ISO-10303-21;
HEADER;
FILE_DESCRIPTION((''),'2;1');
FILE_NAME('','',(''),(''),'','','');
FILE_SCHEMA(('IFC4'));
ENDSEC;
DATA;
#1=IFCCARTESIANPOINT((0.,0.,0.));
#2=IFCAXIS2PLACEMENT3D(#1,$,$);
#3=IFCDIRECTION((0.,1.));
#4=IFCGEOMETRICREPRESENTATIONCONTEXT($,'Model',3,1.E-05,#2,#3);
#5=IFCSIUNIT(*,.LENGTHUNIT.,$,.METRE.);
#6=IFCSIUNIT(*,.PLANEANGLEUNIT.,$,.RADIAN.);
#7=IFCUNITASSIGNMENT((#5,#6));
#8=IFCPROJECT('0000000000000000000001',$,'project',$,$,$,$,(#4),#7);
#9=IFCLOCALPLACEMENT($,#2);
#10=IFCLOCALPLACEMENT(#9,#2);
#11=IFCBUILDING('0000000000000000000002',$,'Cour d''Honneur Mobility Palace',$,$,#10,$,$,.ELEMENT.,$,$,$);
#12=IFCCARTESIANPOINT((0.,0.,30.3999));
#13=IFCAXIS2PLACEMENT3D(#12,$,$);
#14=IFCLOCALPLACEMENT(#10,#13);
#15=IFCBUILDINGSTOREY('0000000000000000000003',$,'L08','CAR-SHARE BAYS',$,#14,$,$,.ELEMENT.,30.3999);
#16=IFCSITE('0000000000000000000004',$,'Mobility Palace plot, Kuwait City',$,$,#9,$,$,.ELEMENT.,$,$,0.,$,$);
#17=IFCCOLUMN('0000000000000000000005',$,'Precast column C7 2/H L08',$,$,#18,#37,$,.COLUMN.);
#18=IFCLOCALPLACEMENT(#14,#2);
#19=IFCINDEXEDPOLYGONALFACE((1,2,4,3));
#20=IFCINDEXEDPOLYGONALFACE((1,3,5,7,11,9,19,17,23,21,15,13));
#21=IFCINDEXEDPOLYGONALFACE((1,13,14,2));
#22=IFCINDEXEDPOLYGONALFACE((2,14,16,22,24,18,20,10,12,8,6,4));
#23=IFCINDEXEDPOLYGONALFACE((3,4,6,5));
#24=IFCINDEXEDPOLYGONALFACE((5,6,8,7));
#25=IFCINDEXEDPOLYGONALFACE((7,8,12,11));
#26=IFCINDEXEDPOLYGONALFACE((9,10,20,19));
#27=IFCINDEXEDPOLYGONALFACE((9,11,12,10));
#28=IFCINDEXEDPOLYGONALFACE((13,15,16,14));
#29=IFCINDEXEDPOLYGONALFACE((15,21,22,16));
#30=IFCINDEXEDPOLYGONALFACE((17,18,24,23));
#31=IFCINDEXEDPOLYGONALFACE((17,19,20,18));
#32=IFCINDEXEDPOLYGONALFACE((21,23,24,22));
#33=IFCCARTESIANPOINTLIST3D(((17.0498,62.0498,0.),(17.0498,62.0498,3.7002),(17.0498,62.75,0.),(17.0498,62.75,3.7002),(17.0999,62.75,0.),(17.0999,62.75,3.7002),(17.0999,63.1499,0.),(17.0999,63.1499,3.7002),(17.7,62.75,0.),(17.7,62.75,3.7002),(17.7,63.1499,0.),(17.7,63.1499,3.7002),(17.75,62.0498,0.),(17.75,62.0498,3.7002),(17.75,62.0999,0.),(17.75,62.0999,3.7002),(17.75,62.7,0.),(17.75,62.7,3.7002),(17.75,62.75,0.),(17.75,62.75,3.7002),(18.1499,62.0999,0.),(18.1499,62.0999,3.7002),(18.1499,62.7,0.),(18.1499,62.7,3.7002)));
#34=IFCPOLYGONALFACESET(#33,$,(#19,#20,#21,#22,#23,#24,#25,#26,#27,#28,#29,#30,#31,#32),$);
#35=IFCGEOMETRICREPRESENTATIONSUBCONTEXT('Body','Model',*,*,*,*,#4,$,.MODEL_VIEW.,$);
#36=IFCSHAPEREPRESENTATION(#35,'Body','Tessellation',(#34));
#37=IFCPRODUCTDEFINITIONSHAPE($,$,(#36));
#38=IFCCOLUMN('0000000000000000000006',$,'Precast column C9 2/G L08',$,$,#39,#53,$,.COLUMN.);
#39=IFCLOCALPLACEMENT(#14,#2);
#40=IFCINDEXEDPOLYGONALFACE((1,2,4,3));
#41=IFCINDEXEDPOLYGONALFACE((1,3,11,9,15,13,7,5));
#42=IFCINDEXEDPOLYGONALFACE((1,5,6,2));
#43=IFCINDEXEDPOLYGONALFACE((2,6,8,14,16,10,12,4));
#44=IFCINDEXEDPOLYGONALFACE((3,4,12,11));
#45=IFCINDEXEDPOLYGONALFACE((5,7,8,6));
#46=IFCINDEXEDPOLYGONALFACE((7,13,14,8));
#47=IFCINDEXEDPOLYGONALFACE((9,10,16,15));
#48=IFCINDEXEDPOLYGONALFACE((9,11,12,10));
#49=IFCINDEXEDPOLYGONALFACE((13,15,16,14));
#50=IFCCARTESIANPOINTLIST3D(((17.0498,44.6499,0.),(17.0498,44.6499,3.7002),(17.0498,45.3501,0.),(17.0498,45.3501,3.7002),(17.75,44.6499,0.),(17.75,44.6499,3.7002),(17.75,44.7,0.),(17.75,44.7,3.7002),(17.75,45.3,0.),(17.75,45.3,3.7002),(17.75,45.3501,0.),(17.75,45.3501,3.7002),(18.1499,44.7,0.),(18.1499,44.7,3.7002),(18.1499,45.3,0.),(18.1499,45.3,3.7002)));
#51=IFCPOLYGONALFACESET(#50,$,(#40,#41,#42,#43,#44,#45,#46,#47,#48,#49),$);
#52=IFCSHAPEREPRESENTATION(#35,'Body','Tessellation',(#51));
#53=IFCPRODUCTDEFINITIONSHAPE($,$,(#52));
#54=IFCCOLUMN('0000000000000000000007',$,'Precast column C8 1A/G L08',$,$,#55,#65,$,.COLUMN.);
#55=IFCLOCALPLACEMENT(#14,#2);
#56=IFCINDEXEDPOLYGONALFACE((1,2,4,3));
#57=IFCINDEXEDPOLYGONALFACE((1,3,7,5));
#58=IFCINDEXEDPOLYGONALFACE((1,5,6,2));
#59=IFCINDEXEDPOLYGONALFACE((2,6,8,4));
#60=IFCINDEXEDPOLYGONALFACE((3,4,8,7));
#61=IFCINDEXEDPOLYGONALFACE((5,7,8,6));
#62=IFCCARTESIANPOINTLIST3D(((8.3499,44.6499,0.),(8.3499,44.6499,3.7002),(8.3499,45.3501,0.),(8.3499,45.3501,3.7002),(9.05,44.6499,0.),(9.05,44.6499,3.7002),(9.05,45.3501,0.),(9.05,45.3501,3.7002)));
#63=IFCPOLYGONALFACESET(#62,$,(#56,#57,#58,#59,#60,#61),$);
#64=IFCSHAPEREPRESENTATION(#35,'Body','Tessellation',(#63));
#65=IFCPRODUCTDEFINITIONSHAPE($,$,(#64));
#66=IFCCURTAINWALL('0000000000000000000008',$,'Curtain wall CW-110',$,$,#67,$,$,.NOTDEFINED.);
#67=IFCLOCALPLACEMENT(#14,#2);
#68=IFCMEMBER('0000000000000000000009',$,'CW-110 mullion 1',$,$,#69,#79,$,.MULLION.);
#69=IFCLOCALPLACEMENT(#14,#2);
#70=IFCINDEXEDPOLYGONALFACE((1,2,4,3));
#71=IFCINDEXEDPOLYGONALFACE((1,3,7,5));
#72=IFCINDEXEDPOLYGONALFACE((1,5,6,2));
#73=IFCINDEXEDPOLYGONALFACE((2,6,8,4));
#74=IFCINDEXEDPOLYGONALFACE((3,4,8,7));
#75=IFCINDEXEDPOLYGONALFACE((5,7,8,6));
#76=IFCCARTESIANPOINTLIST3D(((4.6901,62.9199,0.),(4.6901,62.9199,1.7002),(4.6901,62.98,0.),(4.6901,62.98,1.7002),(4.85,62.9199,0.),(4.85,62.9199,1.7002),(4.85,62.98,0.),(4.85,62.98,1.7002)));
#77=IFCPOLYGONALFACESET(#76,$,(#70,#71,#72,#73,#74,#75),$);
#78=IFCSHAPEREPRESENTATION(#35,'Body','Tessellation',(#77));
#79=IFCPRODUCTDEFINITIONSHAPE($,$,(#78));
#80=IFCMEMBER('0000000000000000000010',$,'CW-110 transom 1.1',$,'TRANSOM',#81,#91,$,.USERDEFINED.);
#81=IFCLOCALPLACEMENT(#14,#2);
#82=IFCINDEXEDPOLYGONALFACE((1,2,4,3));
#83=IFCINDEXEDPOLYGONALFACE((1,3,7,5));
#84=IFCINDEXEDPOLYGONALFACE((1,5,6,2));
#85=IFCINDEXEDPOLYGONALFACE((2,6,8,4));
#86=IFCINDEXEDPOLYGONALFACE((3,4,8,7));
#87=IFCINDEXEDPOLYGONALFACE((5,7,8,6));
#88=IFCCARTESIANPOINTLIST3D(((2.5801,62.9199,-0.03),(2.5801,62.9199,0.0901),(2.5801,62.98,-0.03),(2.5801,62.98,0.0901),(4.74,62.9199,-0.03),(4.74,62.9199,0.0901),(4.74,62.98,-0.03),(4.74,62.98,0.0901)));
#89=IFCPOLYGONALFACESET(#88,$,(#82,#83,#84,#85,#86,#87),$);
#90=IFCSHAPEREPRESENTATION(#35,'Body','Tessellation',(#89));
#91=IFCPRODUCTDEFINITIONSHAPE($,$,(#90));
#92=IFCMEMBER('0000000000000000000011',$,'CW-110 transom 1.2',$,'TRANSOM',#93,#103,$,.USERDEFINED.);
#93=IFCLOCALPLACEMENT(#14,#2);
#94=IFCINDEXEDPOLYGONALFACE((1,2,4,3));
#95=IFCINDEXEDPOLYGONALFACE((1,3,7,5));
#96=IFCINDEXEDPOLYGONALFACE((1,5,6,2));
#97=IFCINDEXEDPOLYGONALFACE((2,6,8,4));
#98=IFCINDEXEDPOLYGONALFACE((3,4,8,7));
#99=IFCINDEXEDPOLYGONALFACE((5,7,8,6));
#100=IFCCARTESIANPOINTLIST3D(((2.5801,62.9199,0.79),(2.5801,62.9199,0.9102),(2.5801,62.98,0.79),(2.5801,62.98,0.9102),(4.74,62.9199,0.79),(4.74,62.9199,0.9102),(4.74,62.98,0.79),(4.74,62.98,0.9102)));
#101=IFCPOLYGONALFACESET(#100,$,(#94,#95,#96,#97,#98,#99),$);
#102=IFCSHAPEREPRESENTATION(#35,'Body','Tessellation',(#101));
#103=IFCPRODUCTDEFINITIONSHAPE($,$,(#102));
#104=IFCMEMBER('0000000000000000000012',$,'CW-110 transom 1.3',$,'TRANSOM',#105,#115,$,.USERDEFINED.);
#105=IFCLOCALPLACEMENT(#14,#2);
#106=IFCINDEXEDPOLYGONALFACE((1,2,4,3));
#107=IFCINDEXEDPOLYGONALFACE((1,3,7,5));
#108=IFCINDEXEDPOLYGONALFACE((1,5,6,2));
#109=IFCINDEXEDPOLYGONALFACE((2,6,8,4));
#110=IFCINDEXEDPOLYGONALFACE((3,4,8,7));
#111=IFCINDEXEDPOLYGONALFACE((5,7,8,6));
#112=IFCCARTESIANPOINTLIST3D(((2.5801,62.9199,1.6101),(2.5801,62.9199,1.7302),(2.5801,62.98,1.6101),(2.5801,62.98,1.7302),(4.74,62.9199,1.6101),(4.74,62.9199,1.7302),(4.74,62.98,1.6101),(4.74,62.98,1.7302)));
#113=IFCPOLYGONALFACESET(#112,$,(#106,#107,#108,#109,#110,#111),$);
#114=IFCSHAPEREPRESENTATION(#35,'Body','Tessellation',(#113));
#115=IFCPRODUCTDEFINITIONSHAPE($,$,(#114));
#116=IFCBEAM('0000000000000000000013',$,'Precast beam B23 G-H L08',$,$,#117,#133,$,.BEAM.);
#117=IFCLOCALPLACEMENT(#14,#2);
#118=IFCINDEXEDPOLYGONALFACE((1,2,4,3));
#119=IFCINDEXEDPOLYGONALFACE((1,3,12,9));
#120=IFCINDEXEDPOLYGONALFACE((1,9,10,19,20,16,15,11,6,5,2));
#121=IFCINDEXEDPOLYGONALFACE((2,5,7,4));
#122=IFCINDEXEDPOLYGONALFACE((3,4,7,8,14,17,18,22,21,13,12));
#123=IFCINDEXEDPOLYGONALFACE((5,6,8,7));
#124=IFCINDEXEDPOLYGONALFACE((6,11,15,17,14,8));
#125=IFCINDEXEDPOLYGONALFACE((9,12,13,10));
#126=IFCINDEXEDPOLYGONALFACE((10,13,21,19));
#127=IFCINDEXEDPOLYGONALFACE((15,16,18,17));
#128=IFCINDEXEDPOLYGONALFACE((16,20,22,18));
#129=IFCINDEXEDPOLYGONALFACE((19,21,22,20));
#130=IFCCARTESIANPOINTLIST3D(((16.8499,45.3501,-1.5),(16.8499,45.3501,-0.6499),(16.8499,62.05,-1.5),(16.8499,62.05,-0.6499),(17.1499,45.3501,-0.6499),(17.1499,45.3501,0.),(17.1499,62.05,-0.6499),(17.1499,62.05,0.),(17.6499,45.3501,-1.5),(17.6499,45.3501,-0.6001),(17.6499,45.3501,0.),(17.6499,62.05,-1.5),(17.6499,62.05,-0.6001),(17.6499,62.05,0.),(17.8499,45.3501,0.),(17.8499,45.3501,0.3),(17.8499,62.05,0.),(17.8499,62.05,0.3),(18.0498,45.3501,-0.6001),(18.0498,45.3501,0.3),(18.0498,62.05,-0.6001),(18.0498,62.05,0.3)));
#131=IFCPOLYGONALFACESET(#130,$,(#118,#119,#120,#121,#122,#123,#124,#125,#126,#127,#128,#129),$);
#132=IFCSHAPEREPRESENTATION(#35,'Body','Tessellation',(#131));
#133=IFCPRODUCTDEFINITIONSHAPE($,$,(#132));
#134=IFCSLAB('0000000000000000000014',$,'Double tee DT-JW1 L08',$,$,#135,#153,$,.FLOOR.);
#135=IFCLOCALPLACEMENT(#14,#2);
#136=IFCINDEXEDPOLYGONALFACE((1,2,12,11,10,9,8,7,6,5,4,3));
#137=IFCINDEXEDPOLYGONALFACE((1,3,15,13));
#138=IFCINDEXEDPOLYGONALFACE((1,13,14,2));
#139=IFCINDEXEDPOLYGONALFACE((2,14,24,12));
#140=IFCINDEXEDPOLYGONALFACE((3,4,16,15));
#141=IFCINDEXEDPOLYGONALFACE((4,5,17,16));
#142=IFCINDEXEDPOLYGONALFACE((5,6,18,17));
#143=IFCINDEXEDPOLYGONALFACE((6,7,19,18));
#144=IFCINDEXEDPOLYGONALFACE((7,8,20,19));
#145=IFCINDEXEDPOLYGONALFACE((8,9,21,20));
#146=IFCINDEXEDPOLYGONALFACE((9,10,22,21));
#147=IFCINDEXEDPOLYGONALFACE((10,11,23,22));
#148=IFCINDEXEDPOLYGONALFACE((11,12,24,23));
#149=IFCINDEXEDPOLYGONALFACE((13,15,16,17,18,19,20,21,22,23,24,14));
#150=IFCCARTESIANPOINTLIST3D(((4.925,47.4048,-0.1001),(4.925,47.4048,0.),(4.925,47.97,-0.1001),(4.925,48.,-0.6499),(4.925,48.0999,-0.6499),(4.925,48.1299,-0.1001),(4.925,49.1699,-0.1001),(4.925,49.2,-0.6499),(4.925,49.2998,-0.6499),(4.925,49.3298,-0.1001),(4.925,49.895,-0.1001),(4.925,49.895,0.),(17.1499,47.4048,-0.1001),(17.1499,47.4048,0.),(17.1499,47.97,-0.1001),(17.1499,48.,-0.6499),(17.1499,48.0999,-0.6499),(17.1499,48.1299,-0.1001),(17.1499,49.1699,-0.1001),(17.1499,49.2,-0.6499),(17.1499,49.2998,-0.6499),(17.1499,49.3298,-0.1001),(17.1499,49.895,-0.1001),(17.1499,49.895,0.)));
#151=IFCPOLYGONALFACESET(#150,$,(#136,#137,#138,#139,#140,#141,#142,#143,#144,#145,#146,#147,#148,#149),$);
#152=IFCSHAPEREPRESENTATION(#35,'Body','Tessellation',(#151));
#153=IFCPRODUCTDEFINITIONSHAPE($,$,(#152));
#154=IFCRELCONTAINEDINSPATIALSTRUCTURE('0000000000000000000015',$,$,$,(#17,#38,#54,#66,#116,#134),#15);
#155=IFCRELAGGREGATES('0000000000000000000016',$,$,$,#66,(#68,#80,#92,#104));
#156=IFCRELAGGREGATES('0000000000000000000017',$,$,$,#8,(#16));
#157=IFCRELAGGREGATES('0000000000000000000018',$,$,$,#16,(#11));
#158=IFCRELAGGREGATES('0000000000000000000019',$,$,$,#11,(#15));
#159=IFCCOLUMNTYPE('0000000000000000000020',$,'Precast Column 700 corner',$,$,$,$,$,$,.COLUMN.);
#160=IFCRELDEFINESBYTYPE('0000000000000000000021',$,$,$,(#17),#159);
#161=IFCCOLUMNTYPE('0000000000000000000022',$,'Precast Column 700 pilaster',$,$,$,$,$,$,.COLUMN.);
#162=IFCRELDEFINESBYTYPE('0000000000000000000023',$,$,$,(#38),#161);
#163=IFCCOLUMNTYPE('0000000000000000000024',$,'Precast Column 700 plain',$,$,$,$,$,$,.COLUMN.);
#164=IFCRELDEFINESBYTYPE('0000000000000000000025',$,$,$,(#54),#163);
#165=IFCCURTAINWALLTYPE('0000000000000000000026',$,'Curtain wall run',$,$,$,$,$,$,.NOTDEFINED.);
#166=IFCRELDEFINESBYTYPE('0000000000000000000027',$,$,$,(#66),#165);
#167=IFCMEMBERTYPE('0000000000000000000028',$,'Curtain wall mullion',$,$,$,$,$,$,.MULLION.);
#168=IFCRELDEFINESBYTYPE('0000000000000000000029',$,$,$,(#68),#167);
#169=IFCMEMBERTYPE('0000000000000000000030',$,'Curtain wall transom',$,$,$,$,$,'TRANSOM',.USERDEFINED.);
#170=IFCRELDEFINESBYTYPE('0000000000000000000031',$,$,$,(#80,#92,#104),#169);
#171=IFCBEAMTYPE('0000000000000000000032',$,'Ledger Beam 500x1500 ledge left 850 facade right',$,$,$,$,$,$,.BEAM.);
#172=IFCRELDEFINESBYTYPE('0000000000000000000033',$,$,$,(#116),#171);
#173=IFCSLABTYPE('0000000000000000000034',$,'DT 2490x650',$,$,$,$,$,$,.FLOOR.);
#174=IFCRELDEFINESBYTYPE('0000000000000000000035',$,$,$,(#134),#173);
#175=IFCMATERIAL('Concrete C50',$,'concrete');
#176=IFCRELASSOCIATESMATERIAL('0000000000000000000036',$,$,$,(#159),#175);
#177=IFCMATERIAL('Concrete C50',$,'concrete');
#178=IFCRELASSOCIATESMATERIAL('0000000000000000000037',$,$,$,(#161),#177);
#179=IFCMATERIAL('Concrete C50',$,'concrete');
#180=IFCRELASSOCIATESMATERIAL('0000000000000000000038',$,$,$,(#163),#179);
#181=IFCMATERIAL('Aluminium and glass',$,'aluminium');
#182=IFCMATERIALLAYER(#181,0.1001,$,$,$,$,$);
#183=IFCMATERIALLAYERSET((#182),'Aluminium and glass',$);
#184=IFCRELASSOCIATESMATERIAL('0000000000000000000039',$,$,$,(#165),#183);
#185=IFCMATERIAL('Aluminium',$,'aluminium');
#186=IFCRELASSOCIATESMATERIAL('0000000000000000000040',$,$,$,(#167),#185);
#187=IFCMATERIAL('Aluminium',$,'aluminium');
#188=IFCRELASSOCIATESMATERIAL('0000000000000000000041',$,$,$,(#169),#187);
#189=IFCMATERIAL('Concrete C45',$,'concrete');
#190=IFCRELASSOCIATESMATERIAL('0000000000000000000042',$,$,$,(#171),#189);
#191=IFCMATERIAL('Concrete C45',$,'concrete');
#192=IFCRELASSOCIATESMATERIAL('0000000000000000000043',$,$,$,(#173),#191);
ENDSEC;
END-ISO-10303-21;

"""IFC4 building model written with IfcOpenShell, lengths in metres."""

from ifc_helpers import new_model, si_unit, direction, frame, origin, origin_2d, place, context, subcontext, project, spatial, polyline, rectangle, outline, extrude, material, layer, layer_set, material_profile, profile_set, type_object, element, aggregate, save


model = new_model("IFC4")

# Units and contexts
model_context = context("Model", 3, precision=1e-05, world=origin(), true_north=direction((0.0, 1.0)))
body_context = subcontext(model_context, "Body", "Model", "MODEL_VIEW")
ifc_project = project(units=[si_unit("LENGTHUNIT", "METRE"), si_unit("PLANEANGLEUNIT", "RADIAN")], contexts=[model_context])

# Site, building, storey
site_placement = place(None, origin())
site = spatial("IfcSite", under=ifc_project, at=site_placement, Name="Mobility Palace plot, Kuwait City", CompositionType="ELEMENT", RefElevation=0.0)
building_placement = place(site_placement, origin())
building = spatial("IfcBuilding", under=site, at=building_placement, Name="Cour d'Honneur Mobility Palace", CompositionType="ELEMENT")
storey_placement = place(building_placement, frame((0.0, 0.0, 30.3999)))
storey = spatial("IfcBuildingStorey", under=building, at=storey_placement, Name="L08", Description="CAR-SHARE BAYS", CompositionType="ELEMENT", Elevation=30.3999)

# Columns
ifc_material_1 = material(Name="Concrete C50", Category="concrete")
ifc_material_profile_1 = material_profile(ifc_material_1, outline(polyline([(-0.3501, -0.3501), (0.3501, -0.3501), (0.3501, -0.3), (0.75, -0.3), (0.75, 0.3), (0.3501, 0.3), (0.3501, 0.3501), (0.3, 0.3501), (0.3, 0.75), (-0.3, 0.75), (-0.3, 0.3501), (-0.3501, 0.3501), (-0.3501, -0.3501)])), Name="PC C700 corner")
ifc_profile_set_1 = profile_set([ifc_material_profile_1], Name="Concrete C50")
column_type_1 = type_object("IfcColumnType", Name="Precast Column 700 corner", PredefinedType="COLUMN", material=ifc_profile_set_1)
column_1_placement = place(storey_placement, frame((17.3999, 62.3999, 0.0), z_axis=(0.0, 0.0, 1.0), x_axis=(1.0, 0.0, 0.0)))
element("IfcColumn", 1, at=column_1_placement, inside=storey, type_object=column_type_1, Name="Precast column C7 2/H L08", PredefinedType="COLUMN", context=body_context, shape_type="SweptSolid", body=[
    extrude(outline(polyline([(-0.3501, -0.3501), (0.3501, -0.3501), (0.3501, -0.3), (0.75, -0.3), (0.75, 0.3), (0.3501, 0.3), (0.3501, 0.3501), (0.3, 0.3501), (0.3, 0.75), (-0.3, 0.75), (-0.3, 0.3501), (-0.3501, 0.3501), (-0.3501, -0.3501)])), origin(), (0.0, 0.0, 1.0), 3.7002),
])
ifc_material_2 = material(Name="Concrete C50", Category="concrete")
ifc_material_profile_2 = material_profile(ifc_material_2, outline(polyline([(-0.3501, -0.3501), (0.3501, -0.3501), (0.3501, -0.3), (0.75, -0.3), (0.75, 0.3), (0.3501, 0.3), (0.3501, 0.3501), (-0.3501, 0.3501), (-0.3501, -0.3501)])), Name="PC C700 pilaster")
ifc_profile_set_2 = profile_set([ifc_material_profile_2], Name="Concrete C50")
column_type_2 = type_object("IfcColumnType", Name="Precast Column 700 pilaster", PredefinedType="COLUMN", material=ifc_profile_set_2)
column_2_placement = place(storey_placement, frame((17.3999, 45.0, 0.0), z_axis=(0.0, 0.0, 1.0), x_axis=(1.0, 0.0, 0.0)))
element("IfcColumn", 2, at=column_2_placement, inside=storey, type_object=column_type_2, Name="Precast column C9 2/G L08", PredefinedType="COLUMN", context=body_context, shape_type="SweptSolid", body=[
    extrude(outline(polyline([(-0.3501, -0.3501), (0.3501, -0.3501), (0.3501, -0.3), (0.75, -0.3), (0.75, 0.3), (0.3501, 0.3), (0.3501, 0.3501), (-0.3501, 0.3501), (-0.3501, -0.3501)])), origin(), (0.0, 0.0, 1.0), 3.7002),
])
ifc_material_3 = material(Name="Concrete C50", Category="concrete")
ifc_material_profile_3 = material_profile(ifc_material_3, outline(polyline([(-0.3501, -0.3501), (0.3501, -0.3501), (0.3501, 0.3501), (-0.3501, 0.3501), (-0.3501, -0.3501)])), Name="PC C700 plain")
ifc_profile_set_3 = profile_set([ifc_material_profile_3], Name="Concrete C50")
column_type_3 = type_object("IfcColumnType", Name="Precast Column 700 plain", PredefinedType="COLUMN", material=ifc_profile_set_3)
column_3_placement = place(storey_placement, frame((8.7, 45.0, 0.0), z_axis=(0.0, 0.0, 1.0), x_axis=(1.0, 0.0, 0.0)))
element("IfcColumn", 3, at=column_3_placement, inside=storey, type_object=column_type_3, Name="Precast column C8 1A/G L08", PredefinedType="COLUMN", context=body_context, shape_type="SweptSolid", body=[
    extrude(outline(polyline([(-0.3501, -0.3501), (0.3501, -0.3501), (0.3501, 0.3501), (-0.3501, 0.3501), (-0.3501, -0.3501)])), origin(), (0.0, 0.0, 1.0), 3.7002),
])

# Curtain wall, members
ifc_material_4 = material(Name="Aluminium and glass", Category="aluminium")
ifc_layer_1 = layer(ifc_material_4, 0.1001)
ifc_layer_set_1 = layer_set([ifc_layer_1], Name="Aluminium and glass")
curtain_wall_type = type_object("IfcCurtainWallType", Name="Curtain wall run", PredefinedType="NOTDEFINED", material=ifc_layer_set_1)
curtain_wall_placement = place(storey_placement, origin())
curtain_wall = element("IfcCurtainWall", 4, at=curtain_wall_placement, inside=storey, type_object=curtain_wall_type, Name="Curtain wall CW-110", PredefinedType="NOTDEFINED")
ifc_material_5 = material(Name="Aluminium", Category="aluminium")
ifc_material_profile_4 = material_profile(ifc_material_5, rectangle(XDim=0.0601, YDim=0.1599, at=origin_2d()), Name="Curtain wall mullion")
ifc_profile_set_4 = profile_set([ifc_material_profile_4], Name="Aluminium")
member_type_1 = type_object("IfcMemberType", Name="Curtain wall mullion", PredefinedType="MULLION", material=ifc_profile_set_4)
member_1_placement = place(storey_placement, frame((4.77, 62.95, 0.0), z_axis=(0.0, 0.0, 1.0), x_axis=(0.0, -1.0, 0.0)))
member_1 = element("IfcMember", 5, at=member_1_placement, type_object=member_type_1, Name="CW-110 mullion 1", PredefinedType="MULLION", context=body_context, shape_type="SweptSolid", body=[
    extrude(rectangle(XDim=0.0601, YDim=0.1599, at=origin_2d()), origin(), (0.0, 0.0, 1.0), 1.7002),
])
ifc_material_6 = material(Name="Aluminium", Category="aluminium")
ifc_material_profile_5 = material_profile(ifc_material_6, rectangle(XDim=0.0601, YDim=0.1201, at=origin_2d()), Name="Curtain wall transom")
ifc_profile_set_5 = profile_set([ifc_material_profile_5], Name="Aluminium")
member_type_2 = type_object("IfcMemberType", Name="Curtain wall transom", ElementType="TRANSOM", PredefinedType="USERDEFINED", material=ifc_profile_set_5)
member_2_placement = place(storey_placement, frame((4.74, 62.95, 0.03), z_axis=(-1.0, 0.0, 0.0), x_axis=(0.0, -1.0, 0.0)))
member_2 = element("IfcMember", 6, at=member_2_placement, type_object=member_type_2, Name="CW-110 transom 1.1", ObjectType="TRANSOM", PredefinedType="USERDEFINED", context=body_context, shape_type="SweptSolid", body=[
    extrude(rectangle(XDim=0.0601, YDim=0.1201, at=origin_2d()), origin(), (0.0, 0.0, 1.0), 2.1599),
])
member_3_placement = place(storey_placement, frame((4.74, 62.95, 0.8501), z_axis=(-1.0, 0.0, 0.0), x_axis=(0.0, -1.0, 0.0)))
member_3 = element("IfcMember", 7, at=member_3_placement, type_object=member_type_2, Name="CW-110 transom 1.2", ObjectType="TRANSOM", PredefinedType="USERDEFINED", context=body_context, shape_type="SweptSolid", body=[
    extrude(rectangle(XDim=0.0601, YDim=0.1201, at=origin_2d()), origin(), (0.0, 0.0, 1.0), 2.1599),
])
member_4_placement = place(storey_placement, frame((4.74, 62.95, 1.6702), z_axis=(-1.0, 0.0, 0.0), x_axis=(0.0, -1.0, 0.0)))
member_4 = element("IfcMember", 8, at=member_4_placement, type_object=member_type_2, Name="CW-110 transom 1.3", ObjectType="TRANSOM", PredefinedType="USERDEFINED", context=body_context, shape_type="SweptSolid", body=[
    extrude(rectangle(XDim=0.0601, YDim=0.1201, at=origin_2d()), origin(), (0.0, 0.0, 1.0), 2.1599),
])
aggregate(curtain_wall, [member_1, member_2, member_3, member_4])

# Beam
ifc_material_7 = material(Name="Concrete C45", Category="concrete")
ifc_material_profile_6 = material_profile(ifc_material_7, outline(polyline([(0.55, -1.5), (0.55, -0.6499), (0.25, -0.6499), (0.25, 0.0), (-0.25, 0.0), (-0.45, 0.0), (-0.45, 0.3), (-0.6499, 0.3), (-0.6499, -0.6001), (-0.25, -0.6001), (-0.25, -1.5), (0.55, -1.5)])), Name="Ledger Beam 500x1500 ledge left 850 facade right")
ifc_profile_set_6 = profile_set([ifc_material_profile_6], Name="Concrete C45")
beam_type = type_object("IfcBeamType", Name="Ledger Beam 500x1500 ledge left 850 facade right", PredefinedType="BEAM", material=ifc_profile_set_6)
beam_placement = place(storey_placement, frame((17.3999, 45.3501, 0.0), z_axis=(0.0, 1.0, 0.0), x_axis=(-1.0, 0.0, 0.0)))
element("IfcBeam", 9, at=beam_placement, inside=storey, type_object=beam_type, Name="Precast beam B23 G-H L08", PredefinedType="BEAM", context=body_context, shape_type="SweptSolid", body=[
    extrude(outline(polyline([(0.55, -1.5), (0.55, -0.6499), (0.25, -0.6499), (0.25, 0.0), (-0.25, 0.0), (-0.45, 0.0), (-0.45, 0.3), (-0.6499, 0.3), (-0.6499, -0.6001), (-0.25, -0.6001), (-0.25, -1.5), (0.55, -1.5)])), origin(), (0.0, 0.0, 1.0), 16.7),
])

# Slab
ifc_material_8 = material(Name="Concrete C45", Category="concrete")
ifc_material_profile_7 = material_profile(ifc_material_8, outline(polyline([(-1.2451, 0.0), (1.2451, 0.0), (1.2451, -0.1001), (0.6799, -0.1001), (0.6499, -0.6499), (0.55, -0.6499), (0.52, -0.1001), (-0.52, -0.1001), (-0.55, -0.6499), (-0.6499, -0.6499), (-0.6799, -0.1001), (-1.2451, -0.1001), (-1.2451, 0.0)])), Name="DT 2490x650")
ifc_profile_set_7 = profile_set([ifc_material_profile_7], Name="Concrete C45")
slab_type = type_object("IfcSlabType", Name="DT 2490x650", PredefinedType="FLOOR", material=ifc_profile_set_7)
for number, where, z_axis, x_axis, name in (
    (10, (4.925, 48.6499, 0.0), (1.0, 0.0, 0.0), (0.0, 1.0, 0.0), "Double tee DT-JW1 L08"),
):
    element("IfcSlab", number, at=place(storey_placement, frame(where, z_axis=z_axis, x_axis=x_axis)), inside=storey, type_object=slab_type, Name=name, PredefinedType="FLOOR", context=body_context, shape_type="SweptSolid", body=[
        extrude(outline(polyline([(-1.2451, 0.0), (1.2451, 0.0), (1.2451, -0.1001), (0.6799, -0.1001), (0.6499, -0.6499), (0.55, -0.6499), (0.52, -0.1001), (-0.52, -0.1001), (-0.55, -0.6499), (-0.6499, -0.6499), (-0.6799, -0.1001), (-1.2451, -0.1001), (-1.2451, 0.0)])), origin(), (0.0, 0.0, 1.0), 12.2249),
    ])

save(model, "model.ifc")
